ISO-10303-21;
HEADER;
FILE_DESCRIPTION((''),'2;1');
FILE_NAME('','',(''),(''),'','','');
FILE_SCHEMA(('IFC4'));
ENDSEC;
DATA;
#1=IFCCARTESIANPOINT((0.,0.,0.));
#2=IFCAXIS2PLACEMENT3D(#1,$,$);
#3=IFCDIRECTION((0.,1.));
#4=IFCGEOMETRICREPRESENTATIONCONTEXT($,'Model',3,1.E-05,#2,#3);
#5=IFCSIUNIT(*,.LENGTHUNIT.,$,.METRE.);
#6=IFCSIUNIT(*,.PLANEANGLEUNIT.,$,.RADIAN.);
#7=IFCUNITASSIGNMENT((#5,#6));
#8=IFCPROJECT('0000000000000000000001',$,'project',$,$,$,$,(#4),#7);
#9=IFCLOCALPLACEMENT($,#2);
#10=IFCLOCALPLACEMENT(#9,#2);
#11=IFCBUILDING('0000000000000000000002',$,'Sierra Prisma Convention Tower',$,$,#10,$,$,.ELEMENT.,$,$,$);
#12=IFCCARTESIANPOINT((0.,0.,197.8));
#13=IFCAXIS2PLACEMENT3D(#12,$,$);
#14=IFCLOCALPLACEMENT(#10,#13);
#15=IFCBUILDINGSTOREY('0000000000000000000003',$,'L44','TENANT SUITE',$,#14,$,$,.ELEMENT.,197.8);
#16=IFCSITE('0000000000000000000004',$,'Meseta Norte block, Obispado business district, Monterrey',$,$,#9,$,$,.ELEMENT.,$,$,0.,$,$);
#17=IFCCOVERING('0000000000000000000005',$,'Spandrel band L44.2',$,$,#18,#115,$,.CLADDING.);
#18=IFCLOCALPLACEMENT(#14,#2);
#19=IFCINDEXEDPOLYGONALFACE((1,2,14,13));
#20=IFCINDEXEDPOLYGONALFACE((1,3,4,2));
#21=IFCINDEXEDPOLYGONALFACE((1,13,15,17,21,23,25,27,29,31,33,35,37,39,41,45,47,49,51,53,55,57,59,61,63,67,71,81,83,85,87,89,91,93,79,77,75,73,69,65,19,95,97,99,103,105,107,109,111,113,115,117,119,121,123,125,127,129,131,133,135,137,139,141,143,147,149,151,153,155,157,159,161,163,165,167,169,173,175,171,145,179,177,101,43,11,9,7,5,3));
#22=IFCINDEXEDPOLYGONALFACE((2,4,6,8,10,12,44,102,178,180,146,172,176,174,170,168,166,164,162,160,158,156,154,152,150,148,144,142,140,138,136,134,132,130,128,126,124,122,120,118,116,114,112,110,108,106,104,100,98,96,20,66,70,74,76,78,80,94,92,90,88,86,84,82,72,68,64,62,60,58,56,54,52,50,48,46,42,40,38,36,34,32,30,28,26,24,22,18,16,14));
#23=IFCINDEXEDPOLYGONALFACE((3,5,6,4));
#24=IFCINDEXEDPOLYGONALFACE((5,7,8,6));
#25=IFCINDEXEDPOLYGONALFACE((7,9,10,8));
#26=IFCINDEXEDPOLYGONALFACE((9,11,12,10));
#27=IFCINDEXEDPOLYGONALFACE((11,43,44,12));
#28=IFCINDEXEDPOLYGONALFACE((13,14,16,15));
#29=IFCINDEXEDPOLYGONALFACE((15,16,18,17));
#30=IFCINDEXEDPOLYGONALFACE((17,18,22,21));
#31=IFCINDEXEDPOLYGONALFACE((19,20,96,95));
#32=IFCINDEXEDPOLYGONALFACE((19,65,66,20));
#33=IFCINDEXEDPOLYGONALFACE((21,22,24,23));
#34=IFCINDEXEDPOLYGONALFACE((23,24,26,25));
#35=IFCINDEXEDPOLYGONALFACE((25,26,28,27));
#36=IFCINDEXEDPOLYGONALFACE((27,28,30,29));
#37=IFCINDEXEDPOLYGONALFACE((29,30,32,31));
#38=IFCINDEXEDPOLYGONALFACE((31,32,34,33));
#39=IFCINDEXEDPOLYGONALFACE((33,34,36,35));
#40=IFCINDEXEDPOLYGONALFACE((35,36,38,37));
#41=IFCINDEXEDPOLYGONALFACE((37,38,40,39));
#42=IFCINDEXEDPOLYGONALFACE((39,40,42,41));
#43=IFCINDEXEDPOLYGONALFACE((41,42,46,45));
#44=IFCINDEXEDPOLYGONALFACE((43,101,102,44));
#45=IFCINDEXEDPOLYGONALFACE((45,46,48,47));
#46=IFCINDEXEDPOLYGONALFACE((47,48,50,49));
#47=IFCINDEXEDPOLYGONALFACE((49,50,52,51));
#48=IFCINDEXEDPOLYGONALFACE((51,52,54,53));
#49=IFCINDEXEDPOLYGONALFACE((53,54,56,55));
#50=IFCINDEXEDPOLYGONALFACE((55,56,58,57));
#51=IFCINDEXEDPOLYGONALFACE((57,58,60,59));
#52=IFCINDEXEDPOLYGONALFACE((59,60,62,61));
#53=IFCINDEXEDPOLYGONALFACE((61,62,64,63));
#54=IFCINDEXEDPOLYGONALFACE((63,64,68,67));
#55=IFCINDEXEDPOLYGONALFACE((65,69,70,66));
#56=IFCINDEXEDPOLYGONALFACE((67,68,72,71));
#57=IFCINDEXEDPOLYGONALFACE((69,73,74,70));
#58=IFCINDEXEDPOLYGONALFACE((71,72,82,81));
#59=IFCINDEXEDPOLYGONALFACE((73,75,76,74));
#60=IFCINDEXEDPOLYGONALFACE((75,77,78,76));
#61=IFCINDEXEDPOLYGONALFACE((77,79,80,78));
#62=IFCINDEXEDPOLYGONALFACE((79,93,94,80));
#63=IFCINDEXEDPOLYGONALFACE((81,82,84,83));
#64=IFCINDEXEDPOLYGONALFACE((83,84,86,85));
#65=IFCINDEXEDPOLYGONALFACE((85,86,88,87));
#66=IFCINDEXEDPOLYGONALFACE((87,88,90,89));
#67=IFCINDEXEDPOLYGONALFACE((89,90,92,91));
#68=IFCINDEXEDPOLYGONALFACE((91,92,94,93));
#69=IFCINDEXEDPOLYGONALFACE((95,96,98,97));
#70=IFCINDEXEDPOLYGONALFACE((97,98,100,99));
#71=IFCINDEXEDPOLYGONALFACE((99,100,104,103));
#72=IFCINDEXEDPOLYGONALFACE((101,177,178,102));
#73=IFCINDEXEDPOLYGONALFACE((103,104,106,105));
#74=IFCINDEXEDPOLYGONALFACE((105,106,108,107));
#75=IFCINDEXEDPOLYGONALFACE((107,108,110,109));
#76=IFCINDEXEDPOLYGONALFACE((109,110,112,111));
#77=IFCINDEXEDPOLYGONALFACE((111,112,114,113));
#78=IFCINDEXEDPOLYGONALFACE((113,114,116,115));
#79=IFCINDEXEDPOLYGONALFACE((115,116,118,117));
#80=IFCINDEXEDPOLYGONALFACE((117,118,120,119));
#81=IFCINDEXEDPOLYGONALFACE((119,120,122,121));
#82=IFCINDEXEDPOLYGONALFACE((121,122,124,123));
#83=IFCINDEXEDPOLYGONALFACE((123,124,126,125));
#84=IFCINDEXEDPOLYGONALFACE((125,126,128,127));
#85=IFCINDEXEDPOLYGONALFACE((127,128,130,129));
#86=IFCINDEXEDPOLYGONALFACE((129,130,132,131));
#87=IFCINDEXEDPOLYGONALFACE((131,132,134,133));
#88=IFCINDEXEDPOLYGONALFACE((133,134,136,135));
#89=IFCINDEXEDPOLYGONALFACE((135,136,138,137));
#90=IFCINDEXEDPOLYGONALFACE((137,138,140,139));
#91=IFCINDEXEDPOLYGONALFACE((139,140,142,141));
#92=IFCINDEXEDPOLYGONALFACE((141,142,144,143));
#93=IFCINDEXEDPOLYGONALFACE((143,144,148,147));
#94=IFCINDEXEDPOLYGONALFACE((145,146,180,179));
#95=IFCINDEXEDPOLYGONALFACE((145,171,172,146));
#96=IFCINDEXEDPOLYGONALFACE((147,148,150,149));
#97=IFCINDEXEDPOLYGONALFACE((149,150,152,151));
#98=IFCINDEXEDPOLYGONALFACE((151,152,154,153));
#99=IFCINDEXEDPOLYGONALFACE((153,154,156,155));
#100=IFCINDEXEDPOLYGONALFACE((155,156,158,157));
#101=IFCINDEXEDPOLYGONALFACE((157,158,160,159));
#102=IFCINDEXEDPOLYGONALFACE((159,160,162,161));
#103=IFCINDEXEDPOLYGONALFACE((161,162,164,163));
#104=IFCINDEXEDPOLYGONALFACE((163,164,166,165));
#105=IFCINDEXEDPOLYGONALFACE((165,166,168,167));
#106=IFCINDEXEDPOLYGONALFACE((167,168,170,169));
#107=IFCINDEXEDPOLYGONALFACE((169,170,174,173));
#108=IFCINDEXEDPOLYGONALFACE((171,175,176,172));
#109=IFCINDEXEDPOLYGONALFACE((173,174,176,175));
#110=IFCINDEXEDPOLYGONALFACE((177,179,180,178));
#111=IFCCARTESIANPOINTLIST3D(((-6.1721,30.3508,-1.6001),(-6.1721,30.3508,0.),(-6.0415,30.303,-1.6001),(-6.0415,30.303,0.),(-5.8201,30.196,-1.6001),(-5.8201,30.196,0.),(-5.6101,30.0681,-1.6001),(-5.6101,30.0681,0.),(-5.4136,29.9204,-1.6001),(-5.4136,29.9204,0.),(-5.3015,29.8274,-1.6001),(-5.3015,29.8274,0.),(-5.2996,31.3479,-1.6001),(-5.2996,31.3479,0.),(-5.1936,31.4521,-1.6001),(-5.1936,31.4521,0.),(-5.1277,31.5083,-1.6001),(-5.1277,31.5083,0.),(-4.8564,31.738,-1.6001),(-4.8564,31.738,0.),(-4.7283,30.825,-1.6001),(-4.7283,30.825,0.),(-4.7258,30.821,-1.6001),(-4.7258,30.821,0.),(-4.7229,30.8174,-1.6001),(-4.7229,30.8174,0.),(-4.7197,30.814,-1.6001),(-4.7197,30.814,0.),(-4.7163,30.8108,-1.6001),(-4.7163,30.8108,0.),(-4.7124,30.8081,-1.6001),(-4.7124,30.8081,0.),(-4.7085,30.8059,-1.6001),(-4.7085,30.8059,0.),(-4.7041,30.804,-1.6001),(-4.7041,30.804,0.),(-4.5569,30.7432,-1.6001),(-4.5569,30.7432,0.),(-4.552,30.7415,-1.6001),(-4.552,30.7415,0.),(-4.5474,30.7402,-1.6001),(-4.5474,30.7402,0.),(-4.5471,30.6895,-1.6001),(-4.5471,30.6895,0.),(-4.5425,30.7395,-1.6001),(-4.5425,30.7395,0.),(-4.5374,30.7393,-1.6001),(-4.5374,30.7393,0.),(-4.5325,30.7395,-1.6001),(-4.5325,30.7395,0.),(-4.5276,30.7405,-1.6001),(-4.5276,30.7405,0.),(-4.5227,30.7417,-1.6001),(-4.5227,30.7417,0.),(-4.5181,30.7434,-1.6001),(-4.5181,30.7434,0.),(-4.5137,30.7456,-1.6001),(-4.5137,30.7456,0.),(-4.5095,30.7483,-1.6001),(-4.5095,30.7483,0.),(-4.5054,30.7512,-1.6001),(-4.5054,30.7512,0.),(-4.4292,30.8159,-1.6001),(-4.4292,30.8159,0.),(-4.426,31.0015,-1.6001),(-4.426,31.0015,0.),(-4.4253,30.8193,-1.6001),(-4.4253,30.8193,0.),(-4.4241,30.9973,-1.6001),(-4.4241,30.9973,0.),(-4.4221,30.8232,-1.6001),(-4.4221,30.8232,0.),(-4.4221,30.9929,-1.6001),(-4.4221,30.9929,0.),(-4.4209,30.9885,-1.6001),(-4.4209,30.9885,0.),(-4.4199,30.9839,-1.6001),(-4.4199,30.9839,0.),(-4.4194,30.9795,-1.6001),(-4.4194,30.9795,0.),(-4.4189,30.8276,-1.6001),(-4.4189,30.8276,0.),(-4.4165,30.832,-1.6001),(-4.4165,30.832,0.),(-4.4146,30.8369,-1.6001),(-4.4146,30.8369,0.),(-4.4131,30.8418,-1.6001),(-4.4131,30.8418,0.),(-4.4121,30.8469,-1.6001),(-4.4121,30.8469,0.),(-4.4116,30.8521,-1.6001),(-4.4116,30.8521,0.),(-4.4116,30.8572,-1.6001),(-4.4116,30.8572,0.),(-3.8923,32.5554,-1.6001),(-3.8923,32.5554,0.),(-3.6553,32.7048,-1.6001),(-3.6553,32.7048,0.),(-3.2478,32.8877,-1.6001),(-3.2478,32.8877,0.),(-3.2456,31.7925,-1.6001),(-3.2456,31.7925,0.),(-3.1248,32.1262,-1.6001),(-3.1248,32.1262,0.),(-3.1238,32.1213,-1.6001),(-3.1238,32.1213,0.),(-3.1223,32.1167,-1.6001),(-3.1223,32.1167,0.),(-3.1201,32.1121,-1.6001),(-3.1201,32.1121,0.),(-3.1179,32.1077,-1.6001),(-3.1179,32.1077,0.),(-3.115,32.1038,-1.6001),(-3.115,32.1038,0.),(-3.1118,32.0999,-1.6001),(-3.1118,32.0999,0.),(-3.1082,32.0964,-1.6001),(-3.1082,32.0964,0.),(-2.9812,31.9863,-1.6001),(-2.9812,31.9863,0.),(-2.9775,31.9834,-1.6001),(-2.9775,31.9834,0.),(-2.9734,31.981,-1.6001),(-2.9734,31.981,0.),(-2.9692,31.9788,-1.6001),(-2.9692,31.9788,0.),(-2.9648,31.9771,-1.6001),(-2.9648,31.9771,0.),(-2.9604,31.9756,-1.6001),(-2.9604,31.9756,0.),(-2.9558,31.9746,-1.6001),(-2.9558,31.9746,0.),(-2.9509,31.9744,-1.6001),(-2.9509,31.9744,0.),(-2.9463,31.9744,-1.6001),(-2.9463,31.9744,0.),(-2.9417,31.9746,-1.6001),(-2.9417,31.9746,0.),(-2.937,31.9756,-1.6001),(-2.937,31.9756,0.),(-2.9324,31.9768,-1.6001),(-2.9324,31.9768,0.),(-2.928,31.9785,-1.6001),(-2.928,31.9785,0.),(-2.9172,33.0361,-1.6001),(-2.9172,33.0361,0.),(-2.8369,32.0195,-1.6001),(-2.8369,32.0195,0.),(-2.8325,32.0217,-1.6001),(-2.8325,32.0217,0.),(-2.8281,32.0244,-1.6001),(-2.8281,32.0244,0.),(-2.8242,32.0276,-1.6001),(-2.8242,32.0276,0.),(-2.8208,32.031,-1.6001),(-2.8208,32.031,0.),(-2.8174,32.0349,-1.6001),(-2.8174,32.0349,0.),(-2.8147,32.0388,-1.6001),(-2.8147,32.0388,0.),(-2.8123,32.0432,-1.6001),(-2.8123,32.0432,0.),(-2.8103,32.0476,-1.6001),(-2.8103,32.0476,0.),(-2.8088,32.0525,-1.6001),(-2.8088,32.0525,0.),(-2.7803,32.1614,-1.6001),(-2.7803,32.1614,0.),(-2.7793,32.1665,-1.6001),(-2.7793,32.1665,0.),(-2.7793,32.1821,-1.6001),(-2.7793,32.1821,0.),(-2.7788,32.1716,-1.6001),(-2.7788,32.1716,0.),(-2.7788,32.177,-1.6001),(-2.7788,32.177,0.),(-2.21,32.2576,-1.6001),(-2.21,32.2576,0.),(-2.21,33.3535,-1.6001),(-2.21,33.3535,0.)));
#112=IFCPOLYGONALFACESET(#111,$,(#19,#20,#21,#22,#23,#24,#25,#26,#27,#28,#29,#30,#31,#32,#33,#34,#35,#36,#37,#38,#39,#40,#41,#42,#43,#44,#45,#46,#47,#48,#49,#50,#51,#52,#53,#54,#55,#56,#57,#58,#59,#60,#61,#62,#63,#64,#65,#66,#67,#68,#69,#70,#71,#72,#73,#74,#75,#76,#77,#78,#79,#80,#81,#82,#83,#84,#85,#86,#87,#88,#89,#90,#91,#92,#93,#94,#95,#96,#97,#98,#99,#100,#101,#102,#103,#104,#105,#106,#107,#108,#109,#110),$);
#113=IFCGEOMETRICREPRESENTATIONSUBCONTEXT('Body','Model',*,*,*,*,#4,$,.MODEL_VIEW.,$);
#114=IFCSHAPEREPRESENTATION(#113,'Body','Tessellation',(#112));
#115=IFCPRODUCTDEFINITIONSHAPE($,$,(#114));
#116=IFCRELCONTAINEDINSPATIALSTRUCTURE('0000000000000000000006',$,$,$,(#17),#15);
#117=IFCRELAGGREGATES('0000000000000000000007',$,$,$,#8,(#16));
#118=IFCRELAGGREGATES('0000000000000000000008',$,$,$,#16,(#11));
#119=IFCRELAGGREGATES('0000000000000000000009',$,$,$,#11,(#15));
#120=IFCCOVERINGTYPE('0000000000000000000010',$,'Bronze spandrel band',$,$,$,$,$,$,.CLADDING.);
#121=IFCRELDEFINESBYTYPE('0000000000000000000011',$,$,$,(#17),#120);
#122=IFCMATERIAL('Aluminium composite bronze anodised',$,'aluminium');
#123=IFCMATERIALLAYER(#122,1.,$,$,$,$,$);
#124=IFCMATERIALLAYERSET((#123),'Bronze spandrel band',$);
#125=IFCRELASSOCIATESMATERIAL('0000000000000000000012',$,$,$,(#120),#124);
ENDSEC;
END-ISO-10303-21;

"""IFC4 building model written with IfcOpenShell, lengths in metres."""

from ifc_helpers import new_model, si_unit, direction, frame, origin, place, context, subcontext, project, spatial, polyline, outline, extrude, material, layer, layer_set, type_object, element, save


model = new_model("IFC4")

# Units and contexts
model_context = context("Model", 3, precision=1e-05, world=origin(), true_north=direction((0.0, 1.0)))
body_context = subcontext(model_context, "Body", "Model", "MODEL_VIEW")
ifc_project = project(units=[si_unit("LENGTHUNIT", "METRE"), si_unit("PLANEANGLEUNIT", "RADIAN")], contexts=[model_context])

# Site, building, storey
site_placement = place(None, origin())
site = spatial("IfcSite", under=ifc_project, at=site_placement, Name="Meseta Norte block, Obispado business district, Monterrey", CompositionType="ELEMENT", RefElevation=0.0)
building_placement = place(site_placement, origin())
building = spatial("IfcBuilding", under=site, at=building_placement, Name="Sierra Prisma Convention Tower", CompositionType="ELEMENT")
storey_placement = place(building_placement, frame((0.0, 0.0, 197.8)))
storey = spatial("IfcBuildingStorey", under=building, at=storey_placement, Name="L44", Description="TENANT SUITE", CompositionType="ELEMENT", Elevation=197.8)

# Covering
ifc_material_1 = material(Name="Aluminium composite bronze anodised", Category="aluminium")
ifc_layer_1 = layer(ifc_material_1, 1.0)
ifc_layer_set_1 = layer_set([ifc_layer_1], Name="Bronze spandrel band")
covering_type = type_object("IfcCoveringType", Name="Bronze spandrel band", PredefinedType="CLADDING", material=ifc_layer_set_1)
covering_1_placement = place(storey_placement, frame((0.0, 0.0, -1.6001)))
element("IfcCovering", 1, at=covering_1_placement, inside=storey, type_object=covering_type, Name="Spandrel band L44.2", PredefinedType="CLADDING", context=body_context, shape_type="SweptSolid", body=[
    extrude(outline(polyline([(-5.2996, 31.3479), (-5.1936, 31.4521), (-5.1277, 31.5083), (-4.7283, 30.825), (-4.7258, 30.821), (-4.7229, 30.8174), (-4.7197, 30.814), (-4.7163, 30.8108), (-4.7124, 30.8081), (-4.7085, 30.8059), (-4.7041, 30.804), (-4.5569, 30.7432), (-4.552, 30.7415), (-4.5474, 30.7402), (-4.5425, 30.7395), (-4.5374, 30.7393), (-4.5325, 30.7395), (-4.5276, 30.7405), (-4.5227, 30.7417), (-4.5181, 30.7434), (-4.5137, 30.7456), (-4.5095, 30.7483), (-4.5054, 30.7512), (-4.4292, 30.8159), (-4.4253, 30.8193), (-4.4221, 30.8232), (-4.4189, 30.8276), (-4.4165, 30.832), (-4.4146, 30.8369), (-4.4131, 30.8418), (-4.4121, 30.8469), (-4.4116, 30.8521), (-4.4116, 30.8572), (-4.4194, 30.9795), (-4.4199, 30.9839), (-4.4209, 30.9885), (-4.4221, 30.9929), (-4.4241, 30.9973), (-4.426, 31.0015), (-4.8564, 31.738), (-3.8923, 32.5554), (-3.6553, 32.7048), (-3.2478, 32.8877), (-3.1248, 32.1262), (-3.1238, 32.1213), (-3.1223, 32.1167), (-3.1201, 32.1121), (-3.1179, 32.1077), (-3.115, 32.1038), (-3.1118, 32.0999), (-3.1082, 32.0964), (-2.9812, 31.9863), (-2.9775, 31.9834), (-2.9734, 31.981), (-2.9692, 31.9788), (-2.9648, 31.9771), (-2.9604, 31.9756), (-2.9558, 31.9746), (-2.9509, 31.9744), (-2.9463, 31.9744), (-2.9417, 31.9746), (-2.937, 31.9756), (-2.9324, 31.9768), (-2.928, 31.9785), (-2.8369, 32.0195), (-2.8325, 32.0217), (-2.8281, 32.0244), (-2.8242, 32.0276), (-2.8208, 32.031), (-2.8174, 32.0349), (-2.8147, 32.0388), (-2.8123, 32.0432), (-2.8103, 32.0476), (-2.8088, 32.0525), (-2.7803, 32.1614), (-2.7793, 32.1665), (-2.7788, 32.1716), (-2.7788, 32.177), (-2.7793, 32.1821), (-2.9172, 33.0361), (-2.21, 33.3535), (-2.21, 32.2576), (-3.2456, 31.7925), (-4.5471, 30.6895), (-5.3015, 29.8274), (-5.4136, 29.9204), (-5.6101, 30.0681), (-5.8201, 30.196), (-6.0415, 30.303), (-6.1721, 30.3508), (-5.2996, 31.3479)])), origin(), (0.0, 0.0, 1.0), 1.6001),
])

save(model, "model.ifc")
